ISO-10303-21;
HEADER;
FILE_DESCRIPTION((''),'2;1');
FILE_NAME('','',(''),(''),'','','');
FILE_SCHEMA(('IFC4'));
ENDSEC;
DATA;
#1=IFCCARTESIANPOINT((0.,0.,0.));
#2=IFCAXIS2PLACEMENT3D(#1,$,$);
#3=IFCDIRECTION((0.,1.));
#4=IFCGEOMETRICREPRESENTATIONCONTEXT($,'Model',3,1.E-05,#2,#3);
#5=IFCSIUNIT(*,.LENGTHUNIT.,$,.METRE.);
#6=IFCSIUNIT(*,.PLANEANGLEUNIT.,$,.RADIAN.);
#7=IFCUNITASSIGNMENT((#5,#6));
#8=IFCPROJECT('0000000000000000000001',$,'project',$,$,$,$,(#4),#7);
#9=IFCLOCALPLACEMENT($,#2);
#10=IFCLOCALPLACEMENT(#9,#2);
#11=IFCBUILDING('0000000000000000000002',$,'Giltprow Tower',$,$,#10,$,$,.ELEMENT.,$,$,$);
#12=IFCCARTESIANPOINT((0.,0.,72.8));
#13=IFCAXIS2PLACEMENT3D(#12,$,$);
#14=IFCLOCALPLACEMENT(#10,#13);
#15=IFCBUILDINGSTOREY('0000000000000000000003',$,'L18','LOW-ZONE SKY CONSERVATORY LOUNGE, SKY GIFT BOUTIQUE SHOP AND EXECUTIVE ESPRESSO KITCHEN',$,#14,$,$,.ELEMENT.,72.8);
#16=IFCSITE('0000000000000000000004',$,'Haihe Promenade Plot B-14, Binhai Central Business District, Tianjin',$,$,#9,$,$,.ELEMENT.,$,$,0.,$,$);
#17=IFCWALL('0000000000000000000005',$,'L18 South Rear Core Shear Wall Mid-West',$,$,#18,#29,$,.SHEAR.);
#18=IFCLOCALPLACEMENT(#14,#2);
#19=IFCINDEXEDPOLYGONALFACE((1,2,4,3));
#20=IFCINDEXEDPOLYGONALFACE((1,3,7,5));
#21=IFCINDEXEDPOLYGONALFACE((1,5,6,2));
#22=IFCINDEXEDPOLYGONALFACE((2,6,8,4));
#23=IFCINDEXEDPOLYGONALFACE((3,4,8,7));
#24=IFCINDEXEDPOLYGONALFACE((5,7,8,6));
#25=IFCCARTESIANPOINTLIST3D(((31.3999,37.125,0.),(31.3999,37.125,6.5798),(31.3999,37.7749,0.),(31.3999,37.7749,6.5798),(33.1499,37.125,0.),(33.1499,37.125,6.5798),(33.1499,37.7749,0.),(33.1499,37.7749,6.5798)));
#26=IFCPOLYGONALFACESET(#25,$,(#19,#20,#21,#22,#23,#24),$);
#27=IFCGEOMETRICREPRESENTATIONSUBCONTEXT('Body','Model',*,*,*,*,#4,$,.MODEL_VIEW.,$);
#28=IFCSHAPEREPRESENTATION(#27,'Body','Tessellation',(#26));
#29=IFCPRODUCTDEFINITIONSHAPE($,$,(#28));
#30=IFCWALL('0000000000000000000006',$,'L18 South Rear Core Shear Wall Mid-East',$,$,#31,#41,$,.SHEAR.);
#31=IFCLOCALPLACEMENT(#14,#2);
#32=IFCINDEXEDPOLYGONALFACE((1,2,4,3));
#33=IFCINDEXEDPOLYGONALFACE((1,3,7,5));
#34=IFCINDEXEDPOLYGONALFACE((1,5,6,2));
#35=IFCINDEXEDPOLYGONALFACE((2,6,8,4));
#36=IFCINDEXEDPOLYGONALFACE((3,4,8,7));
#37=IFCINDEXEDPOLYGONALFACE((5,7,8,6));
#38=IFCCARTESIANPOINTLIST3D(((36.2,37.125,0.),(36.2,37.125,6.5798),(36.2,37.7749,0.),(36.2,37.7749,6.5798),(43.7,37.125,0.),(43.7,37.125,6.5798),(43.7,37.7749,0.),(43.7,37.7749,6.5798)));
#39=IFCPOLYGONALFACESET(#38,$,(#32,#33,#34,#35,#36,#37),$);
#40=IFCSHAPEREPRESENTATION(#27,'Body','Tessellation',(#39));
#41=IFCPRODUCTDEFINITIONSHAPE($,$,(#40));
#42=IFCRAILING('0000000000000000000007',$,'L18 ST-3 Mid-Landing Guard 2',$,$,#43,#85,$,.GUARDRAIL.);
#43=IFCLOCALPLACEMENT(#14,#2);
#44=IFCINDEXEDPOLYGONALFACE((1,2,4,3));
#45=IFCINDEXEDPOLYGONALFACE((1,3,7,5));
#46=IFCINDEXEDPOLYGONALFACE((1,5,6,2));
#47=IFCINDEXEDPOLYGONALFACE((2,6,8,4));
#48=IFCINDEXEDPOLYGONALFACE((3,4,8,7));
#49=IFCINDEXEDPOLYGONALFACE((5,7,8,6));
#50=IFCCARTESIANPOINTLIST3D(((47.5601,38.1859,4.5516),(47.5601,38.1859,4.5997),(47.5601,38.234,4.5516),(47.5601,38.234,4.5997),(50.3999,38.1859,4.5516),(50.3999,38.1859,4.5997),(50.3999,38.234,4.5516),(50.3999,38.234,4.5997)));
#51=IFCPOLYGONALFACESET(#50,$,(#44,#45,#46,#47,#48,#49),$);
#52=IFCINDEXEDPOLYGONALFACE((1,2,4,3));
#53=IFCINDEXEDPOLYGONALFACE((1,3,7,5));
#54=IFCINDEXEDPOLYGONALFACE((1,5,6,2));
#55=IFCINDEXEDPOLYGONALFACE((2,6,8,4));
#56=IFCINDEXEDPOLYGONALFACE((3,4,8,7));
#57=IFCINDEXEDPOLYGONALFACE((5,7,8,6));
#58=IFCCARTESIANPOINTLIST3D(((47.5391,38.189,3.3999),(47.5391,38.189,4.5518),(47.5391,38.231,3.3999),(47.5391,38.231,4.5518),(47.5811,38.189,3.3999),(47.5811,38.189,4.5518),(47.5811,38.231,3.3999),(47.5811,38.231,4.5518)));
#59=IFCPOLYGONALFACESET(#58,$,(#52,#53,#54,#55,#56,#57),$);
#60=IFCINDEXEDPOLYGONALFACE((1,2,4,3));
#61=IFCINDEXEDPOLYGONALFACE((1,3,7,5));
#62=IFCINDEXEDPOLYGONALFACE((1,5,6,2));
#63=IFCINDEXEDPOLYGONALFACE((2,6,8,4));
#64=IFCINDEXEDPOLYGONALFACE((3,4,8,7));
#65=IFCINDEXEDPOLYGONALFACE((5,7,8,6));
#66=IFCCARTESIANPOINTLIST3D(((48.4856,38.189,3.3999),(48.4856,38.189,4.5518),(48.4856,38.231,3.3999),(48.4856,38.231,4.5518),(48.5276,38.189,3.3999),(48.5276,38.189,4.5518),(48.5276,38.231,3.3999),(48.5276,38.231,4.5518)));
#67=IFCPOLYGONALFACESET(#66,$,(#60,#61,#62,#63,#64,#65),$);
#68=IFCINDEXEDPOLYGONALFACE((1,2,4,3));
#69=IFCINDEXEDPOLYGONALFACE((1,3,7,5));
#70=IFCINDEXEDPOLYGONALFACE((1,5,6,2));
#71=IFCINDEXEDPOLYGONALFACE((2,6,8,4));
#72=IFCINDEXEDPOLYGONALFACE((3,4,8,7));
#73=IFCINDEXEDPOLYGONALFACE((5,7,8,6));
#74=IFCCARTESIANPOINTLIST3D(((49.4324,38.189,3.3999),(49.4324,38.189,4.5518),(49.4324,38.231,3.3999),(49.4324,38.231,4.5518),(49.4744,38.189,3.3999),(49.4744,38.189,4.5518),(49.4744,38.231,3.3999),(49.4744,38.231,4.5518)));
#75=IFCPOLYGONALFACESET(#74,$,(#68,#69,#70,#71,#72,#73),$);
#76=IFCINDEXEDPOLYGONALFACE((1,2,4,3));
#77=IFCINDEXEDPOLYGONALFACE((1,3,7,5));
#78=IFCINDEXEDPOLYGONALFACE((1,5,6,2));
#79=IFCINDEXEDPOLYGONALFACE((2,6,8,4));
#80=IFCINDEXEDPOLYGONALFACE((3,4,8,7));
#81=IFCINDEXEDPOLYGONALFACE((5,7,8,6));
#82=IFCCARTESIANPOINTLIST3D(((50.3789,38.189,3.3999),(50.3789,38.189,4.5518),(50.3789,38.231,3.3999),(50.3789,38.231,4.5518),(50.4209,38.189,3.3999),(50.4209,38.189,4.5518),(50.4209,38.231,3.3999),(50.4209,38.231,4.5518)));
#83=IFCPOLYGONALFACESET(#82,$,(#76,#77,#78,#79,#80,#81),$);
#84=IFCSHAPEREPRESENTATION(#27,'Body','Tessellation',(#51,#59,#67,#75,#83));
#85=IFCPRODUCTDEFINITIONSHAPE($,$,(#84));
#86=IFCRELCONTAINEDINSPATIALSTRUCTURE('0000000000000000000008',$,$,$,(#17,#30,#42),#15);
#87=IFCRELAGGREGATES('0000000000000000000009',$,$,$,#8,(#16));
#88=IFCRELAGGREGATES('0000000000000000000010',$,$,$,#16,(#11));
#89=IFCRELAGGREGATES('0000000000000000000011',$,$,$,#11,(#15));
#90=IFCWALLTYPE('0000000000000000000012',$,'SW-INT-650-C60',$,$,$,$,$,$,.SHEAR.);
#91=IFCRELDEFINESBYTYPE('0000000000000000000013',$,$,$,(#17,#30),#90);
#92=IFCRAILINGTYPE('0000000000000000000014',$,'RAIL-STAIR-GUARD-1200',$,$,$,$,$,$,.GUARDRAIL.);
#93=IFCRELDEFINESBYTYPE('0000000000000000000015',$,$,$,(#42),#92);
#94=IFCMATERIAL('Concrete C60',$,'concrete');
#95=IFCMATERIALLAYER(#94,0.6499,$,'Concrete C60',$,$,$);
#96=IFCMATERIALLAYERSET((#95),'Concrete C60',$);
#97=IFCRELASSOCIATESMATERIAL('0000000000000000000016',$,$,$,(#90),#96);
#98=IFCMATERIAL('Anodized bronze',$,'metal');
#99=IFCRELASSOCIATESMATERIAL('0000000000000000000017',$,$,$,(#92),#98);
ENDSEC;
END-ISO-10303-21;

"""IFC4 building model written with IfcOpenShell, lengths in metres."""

from ifc_helpers import new_model, si_unit, direction, frame, frame_2d, origin, origin_2d, place, context, subcontext, project, spatial, rectangle, extrude, material, layer, layer_set, type_object, element, save


model = new_model("IFC4")

# Units and contexts
model_context = context("Model", 3, precision=1e-05, world=origin(), true_north=direction((0.0, 1.0)))
body_context = subcontext(model_context, "Body", "Model", "MODEL_VIEW")
ifc_project = project(units=[si_unit("LENGTHUNIT", "METRE"), si_unit("PLANEANGLEUNIT", "RADIAN")], contexts=[model_context])

# Site, building, storey
site_placement = place(None, origin())
site = spatial("IfcSite", under=ifc_project, at=site_placement, Name="Haihe Promenade Plot B-14, Binhai Central Business District, Tianjin", CompositionType="ELEMENT", RefElevation=0.0)
building_placement = place(site_placement, origin())
building = spatial("IfcBuilding", under=site, at=building_placement, Name="Giltprow Tower", CompositionType="ELEMENT")
storey_placement = place(building_placement, frame((0.0, 0.0, 72.8)))
storey = spatial("IfcBuildingStorey", under=building, at=storey_placement, Name="L18", Description="LOW-ZONE SKY CONSERVATORY LOUNGE, SKY GIFT BOUTIQUE SHOP AND EXECUTIVE ESPRESSO KITCHEN", CompositionType="ELEMENT", Elevation=72.8)

# Shared definitions
ifc_material_1 = material(Name="Concrete C60", Category="concrete")

# Walls
ifc_layer_1 = layer(ifc_material_1, 0.6499, Name="Concrete C60")
ifc_layer_set_1 = layer_set([ifc_layer_1], Name="Concrete C60")
wall_type_1 = type_object("IfcWallType", Name="SW-INT-650-C60", PredefinedType="SHEAR", material=ifc_layer_set_1)
wall_1_placement = place(storey_placement, frame((31.3999, 37.45, 0.0), z_axis=(0.0, 0.0, 1.0), x_axis=(1.0, 0.0, 0.0)))
element("IfcWall", 1, at=wall_1_placement, inside=storey, type_object=wall_type_1, Name="L18 South Rear Core Shear Wall Mid-West", PredefinedType="SHEAR", context=body_context, shape_type="SweptSolid", body=[
    extrude(rectangle(XDim=1.75, YDim=0.6499, at=frame_2d((0.875, 0.0))), origin(), (0.0, 0.0, 1.0), 6.5798),
])
wall_2_placement = place(storey_placement, frame((36.2, 37.45, 0.0), z_axis=(0.0, 0.0, 1.0), x_axis=(1.0, 0.0, 0.0)))
element("IfcWall", 2, at=wall_2_placement, inside=storey, type_object=wall_type_1, Name="L18 South Rear Core Shear Wall Mid-East", PredefinedType="SHEAR", context=body_context, shape_type="SweptSolid", body=[
    extrude(rectangle(XDim=7.5, YDim=0.6499, at=frame_2d((3.75, 0.0))), origin(), (0.0, 0.0, 1.0), 6.5798),
])

# Railing
ifc_material_2 = material(Name="Anodized bronze", Category="metal")
railing_type = type_object("IfcRailingType", Name="RAIL-STAIR-GUARD-1200", PredefinedType="GUARDRAIL", material=ifc_material_2)
railing_placement = place(storey_placement, frame((47.5601, 38.21, 3.3999)))
element("IfcRailing", 3, at=railing_placement, inside=storey, type_object=railing_type, Name="L18 ST-3 Mid-Landing Guard 2", PredefinedType="GUARDRAIL", context=body_context, shape_type="SweptSolid", body=[
    extrude(rectangle(XDim=0.0481, YDim=0.0481, at=origin_2d()), frame((0.0, 0.0, 1.1758), z_axis=(1.0, 0.0, 0.0), x_axis=(0.0, 1.0, 0.0)), (0.0, 0.0, 1.0), 2.8398),
    extrude(rectangle(XDim=0.042, YDim=0.042, at=origin_2d()), origin(), (0.0, 0.0, 1.0), 1.1519),
    extrude(rectangle(XDim=0.042, YDim=0.042, at=origin_2d()), frame((0.9465, 0.0, 0.0)), (0.0, 0.0, 1.0), 1.1519),
    extrude(rectangle(XDim=0.042, YDim=0.042, at=origin_2d()), frame((1.8933, 0.0, 0.0)), (0.0, 0.0, 1.0), 1.1519),
    extrude(rectangle(XDim=0.042, YDim=0.042, at=origin_2d()), frame((2.8398, 0.0, 0.0)), (0.0, 0.0, 1.0), 1.1519),
])

save(model, "model.ifc")
